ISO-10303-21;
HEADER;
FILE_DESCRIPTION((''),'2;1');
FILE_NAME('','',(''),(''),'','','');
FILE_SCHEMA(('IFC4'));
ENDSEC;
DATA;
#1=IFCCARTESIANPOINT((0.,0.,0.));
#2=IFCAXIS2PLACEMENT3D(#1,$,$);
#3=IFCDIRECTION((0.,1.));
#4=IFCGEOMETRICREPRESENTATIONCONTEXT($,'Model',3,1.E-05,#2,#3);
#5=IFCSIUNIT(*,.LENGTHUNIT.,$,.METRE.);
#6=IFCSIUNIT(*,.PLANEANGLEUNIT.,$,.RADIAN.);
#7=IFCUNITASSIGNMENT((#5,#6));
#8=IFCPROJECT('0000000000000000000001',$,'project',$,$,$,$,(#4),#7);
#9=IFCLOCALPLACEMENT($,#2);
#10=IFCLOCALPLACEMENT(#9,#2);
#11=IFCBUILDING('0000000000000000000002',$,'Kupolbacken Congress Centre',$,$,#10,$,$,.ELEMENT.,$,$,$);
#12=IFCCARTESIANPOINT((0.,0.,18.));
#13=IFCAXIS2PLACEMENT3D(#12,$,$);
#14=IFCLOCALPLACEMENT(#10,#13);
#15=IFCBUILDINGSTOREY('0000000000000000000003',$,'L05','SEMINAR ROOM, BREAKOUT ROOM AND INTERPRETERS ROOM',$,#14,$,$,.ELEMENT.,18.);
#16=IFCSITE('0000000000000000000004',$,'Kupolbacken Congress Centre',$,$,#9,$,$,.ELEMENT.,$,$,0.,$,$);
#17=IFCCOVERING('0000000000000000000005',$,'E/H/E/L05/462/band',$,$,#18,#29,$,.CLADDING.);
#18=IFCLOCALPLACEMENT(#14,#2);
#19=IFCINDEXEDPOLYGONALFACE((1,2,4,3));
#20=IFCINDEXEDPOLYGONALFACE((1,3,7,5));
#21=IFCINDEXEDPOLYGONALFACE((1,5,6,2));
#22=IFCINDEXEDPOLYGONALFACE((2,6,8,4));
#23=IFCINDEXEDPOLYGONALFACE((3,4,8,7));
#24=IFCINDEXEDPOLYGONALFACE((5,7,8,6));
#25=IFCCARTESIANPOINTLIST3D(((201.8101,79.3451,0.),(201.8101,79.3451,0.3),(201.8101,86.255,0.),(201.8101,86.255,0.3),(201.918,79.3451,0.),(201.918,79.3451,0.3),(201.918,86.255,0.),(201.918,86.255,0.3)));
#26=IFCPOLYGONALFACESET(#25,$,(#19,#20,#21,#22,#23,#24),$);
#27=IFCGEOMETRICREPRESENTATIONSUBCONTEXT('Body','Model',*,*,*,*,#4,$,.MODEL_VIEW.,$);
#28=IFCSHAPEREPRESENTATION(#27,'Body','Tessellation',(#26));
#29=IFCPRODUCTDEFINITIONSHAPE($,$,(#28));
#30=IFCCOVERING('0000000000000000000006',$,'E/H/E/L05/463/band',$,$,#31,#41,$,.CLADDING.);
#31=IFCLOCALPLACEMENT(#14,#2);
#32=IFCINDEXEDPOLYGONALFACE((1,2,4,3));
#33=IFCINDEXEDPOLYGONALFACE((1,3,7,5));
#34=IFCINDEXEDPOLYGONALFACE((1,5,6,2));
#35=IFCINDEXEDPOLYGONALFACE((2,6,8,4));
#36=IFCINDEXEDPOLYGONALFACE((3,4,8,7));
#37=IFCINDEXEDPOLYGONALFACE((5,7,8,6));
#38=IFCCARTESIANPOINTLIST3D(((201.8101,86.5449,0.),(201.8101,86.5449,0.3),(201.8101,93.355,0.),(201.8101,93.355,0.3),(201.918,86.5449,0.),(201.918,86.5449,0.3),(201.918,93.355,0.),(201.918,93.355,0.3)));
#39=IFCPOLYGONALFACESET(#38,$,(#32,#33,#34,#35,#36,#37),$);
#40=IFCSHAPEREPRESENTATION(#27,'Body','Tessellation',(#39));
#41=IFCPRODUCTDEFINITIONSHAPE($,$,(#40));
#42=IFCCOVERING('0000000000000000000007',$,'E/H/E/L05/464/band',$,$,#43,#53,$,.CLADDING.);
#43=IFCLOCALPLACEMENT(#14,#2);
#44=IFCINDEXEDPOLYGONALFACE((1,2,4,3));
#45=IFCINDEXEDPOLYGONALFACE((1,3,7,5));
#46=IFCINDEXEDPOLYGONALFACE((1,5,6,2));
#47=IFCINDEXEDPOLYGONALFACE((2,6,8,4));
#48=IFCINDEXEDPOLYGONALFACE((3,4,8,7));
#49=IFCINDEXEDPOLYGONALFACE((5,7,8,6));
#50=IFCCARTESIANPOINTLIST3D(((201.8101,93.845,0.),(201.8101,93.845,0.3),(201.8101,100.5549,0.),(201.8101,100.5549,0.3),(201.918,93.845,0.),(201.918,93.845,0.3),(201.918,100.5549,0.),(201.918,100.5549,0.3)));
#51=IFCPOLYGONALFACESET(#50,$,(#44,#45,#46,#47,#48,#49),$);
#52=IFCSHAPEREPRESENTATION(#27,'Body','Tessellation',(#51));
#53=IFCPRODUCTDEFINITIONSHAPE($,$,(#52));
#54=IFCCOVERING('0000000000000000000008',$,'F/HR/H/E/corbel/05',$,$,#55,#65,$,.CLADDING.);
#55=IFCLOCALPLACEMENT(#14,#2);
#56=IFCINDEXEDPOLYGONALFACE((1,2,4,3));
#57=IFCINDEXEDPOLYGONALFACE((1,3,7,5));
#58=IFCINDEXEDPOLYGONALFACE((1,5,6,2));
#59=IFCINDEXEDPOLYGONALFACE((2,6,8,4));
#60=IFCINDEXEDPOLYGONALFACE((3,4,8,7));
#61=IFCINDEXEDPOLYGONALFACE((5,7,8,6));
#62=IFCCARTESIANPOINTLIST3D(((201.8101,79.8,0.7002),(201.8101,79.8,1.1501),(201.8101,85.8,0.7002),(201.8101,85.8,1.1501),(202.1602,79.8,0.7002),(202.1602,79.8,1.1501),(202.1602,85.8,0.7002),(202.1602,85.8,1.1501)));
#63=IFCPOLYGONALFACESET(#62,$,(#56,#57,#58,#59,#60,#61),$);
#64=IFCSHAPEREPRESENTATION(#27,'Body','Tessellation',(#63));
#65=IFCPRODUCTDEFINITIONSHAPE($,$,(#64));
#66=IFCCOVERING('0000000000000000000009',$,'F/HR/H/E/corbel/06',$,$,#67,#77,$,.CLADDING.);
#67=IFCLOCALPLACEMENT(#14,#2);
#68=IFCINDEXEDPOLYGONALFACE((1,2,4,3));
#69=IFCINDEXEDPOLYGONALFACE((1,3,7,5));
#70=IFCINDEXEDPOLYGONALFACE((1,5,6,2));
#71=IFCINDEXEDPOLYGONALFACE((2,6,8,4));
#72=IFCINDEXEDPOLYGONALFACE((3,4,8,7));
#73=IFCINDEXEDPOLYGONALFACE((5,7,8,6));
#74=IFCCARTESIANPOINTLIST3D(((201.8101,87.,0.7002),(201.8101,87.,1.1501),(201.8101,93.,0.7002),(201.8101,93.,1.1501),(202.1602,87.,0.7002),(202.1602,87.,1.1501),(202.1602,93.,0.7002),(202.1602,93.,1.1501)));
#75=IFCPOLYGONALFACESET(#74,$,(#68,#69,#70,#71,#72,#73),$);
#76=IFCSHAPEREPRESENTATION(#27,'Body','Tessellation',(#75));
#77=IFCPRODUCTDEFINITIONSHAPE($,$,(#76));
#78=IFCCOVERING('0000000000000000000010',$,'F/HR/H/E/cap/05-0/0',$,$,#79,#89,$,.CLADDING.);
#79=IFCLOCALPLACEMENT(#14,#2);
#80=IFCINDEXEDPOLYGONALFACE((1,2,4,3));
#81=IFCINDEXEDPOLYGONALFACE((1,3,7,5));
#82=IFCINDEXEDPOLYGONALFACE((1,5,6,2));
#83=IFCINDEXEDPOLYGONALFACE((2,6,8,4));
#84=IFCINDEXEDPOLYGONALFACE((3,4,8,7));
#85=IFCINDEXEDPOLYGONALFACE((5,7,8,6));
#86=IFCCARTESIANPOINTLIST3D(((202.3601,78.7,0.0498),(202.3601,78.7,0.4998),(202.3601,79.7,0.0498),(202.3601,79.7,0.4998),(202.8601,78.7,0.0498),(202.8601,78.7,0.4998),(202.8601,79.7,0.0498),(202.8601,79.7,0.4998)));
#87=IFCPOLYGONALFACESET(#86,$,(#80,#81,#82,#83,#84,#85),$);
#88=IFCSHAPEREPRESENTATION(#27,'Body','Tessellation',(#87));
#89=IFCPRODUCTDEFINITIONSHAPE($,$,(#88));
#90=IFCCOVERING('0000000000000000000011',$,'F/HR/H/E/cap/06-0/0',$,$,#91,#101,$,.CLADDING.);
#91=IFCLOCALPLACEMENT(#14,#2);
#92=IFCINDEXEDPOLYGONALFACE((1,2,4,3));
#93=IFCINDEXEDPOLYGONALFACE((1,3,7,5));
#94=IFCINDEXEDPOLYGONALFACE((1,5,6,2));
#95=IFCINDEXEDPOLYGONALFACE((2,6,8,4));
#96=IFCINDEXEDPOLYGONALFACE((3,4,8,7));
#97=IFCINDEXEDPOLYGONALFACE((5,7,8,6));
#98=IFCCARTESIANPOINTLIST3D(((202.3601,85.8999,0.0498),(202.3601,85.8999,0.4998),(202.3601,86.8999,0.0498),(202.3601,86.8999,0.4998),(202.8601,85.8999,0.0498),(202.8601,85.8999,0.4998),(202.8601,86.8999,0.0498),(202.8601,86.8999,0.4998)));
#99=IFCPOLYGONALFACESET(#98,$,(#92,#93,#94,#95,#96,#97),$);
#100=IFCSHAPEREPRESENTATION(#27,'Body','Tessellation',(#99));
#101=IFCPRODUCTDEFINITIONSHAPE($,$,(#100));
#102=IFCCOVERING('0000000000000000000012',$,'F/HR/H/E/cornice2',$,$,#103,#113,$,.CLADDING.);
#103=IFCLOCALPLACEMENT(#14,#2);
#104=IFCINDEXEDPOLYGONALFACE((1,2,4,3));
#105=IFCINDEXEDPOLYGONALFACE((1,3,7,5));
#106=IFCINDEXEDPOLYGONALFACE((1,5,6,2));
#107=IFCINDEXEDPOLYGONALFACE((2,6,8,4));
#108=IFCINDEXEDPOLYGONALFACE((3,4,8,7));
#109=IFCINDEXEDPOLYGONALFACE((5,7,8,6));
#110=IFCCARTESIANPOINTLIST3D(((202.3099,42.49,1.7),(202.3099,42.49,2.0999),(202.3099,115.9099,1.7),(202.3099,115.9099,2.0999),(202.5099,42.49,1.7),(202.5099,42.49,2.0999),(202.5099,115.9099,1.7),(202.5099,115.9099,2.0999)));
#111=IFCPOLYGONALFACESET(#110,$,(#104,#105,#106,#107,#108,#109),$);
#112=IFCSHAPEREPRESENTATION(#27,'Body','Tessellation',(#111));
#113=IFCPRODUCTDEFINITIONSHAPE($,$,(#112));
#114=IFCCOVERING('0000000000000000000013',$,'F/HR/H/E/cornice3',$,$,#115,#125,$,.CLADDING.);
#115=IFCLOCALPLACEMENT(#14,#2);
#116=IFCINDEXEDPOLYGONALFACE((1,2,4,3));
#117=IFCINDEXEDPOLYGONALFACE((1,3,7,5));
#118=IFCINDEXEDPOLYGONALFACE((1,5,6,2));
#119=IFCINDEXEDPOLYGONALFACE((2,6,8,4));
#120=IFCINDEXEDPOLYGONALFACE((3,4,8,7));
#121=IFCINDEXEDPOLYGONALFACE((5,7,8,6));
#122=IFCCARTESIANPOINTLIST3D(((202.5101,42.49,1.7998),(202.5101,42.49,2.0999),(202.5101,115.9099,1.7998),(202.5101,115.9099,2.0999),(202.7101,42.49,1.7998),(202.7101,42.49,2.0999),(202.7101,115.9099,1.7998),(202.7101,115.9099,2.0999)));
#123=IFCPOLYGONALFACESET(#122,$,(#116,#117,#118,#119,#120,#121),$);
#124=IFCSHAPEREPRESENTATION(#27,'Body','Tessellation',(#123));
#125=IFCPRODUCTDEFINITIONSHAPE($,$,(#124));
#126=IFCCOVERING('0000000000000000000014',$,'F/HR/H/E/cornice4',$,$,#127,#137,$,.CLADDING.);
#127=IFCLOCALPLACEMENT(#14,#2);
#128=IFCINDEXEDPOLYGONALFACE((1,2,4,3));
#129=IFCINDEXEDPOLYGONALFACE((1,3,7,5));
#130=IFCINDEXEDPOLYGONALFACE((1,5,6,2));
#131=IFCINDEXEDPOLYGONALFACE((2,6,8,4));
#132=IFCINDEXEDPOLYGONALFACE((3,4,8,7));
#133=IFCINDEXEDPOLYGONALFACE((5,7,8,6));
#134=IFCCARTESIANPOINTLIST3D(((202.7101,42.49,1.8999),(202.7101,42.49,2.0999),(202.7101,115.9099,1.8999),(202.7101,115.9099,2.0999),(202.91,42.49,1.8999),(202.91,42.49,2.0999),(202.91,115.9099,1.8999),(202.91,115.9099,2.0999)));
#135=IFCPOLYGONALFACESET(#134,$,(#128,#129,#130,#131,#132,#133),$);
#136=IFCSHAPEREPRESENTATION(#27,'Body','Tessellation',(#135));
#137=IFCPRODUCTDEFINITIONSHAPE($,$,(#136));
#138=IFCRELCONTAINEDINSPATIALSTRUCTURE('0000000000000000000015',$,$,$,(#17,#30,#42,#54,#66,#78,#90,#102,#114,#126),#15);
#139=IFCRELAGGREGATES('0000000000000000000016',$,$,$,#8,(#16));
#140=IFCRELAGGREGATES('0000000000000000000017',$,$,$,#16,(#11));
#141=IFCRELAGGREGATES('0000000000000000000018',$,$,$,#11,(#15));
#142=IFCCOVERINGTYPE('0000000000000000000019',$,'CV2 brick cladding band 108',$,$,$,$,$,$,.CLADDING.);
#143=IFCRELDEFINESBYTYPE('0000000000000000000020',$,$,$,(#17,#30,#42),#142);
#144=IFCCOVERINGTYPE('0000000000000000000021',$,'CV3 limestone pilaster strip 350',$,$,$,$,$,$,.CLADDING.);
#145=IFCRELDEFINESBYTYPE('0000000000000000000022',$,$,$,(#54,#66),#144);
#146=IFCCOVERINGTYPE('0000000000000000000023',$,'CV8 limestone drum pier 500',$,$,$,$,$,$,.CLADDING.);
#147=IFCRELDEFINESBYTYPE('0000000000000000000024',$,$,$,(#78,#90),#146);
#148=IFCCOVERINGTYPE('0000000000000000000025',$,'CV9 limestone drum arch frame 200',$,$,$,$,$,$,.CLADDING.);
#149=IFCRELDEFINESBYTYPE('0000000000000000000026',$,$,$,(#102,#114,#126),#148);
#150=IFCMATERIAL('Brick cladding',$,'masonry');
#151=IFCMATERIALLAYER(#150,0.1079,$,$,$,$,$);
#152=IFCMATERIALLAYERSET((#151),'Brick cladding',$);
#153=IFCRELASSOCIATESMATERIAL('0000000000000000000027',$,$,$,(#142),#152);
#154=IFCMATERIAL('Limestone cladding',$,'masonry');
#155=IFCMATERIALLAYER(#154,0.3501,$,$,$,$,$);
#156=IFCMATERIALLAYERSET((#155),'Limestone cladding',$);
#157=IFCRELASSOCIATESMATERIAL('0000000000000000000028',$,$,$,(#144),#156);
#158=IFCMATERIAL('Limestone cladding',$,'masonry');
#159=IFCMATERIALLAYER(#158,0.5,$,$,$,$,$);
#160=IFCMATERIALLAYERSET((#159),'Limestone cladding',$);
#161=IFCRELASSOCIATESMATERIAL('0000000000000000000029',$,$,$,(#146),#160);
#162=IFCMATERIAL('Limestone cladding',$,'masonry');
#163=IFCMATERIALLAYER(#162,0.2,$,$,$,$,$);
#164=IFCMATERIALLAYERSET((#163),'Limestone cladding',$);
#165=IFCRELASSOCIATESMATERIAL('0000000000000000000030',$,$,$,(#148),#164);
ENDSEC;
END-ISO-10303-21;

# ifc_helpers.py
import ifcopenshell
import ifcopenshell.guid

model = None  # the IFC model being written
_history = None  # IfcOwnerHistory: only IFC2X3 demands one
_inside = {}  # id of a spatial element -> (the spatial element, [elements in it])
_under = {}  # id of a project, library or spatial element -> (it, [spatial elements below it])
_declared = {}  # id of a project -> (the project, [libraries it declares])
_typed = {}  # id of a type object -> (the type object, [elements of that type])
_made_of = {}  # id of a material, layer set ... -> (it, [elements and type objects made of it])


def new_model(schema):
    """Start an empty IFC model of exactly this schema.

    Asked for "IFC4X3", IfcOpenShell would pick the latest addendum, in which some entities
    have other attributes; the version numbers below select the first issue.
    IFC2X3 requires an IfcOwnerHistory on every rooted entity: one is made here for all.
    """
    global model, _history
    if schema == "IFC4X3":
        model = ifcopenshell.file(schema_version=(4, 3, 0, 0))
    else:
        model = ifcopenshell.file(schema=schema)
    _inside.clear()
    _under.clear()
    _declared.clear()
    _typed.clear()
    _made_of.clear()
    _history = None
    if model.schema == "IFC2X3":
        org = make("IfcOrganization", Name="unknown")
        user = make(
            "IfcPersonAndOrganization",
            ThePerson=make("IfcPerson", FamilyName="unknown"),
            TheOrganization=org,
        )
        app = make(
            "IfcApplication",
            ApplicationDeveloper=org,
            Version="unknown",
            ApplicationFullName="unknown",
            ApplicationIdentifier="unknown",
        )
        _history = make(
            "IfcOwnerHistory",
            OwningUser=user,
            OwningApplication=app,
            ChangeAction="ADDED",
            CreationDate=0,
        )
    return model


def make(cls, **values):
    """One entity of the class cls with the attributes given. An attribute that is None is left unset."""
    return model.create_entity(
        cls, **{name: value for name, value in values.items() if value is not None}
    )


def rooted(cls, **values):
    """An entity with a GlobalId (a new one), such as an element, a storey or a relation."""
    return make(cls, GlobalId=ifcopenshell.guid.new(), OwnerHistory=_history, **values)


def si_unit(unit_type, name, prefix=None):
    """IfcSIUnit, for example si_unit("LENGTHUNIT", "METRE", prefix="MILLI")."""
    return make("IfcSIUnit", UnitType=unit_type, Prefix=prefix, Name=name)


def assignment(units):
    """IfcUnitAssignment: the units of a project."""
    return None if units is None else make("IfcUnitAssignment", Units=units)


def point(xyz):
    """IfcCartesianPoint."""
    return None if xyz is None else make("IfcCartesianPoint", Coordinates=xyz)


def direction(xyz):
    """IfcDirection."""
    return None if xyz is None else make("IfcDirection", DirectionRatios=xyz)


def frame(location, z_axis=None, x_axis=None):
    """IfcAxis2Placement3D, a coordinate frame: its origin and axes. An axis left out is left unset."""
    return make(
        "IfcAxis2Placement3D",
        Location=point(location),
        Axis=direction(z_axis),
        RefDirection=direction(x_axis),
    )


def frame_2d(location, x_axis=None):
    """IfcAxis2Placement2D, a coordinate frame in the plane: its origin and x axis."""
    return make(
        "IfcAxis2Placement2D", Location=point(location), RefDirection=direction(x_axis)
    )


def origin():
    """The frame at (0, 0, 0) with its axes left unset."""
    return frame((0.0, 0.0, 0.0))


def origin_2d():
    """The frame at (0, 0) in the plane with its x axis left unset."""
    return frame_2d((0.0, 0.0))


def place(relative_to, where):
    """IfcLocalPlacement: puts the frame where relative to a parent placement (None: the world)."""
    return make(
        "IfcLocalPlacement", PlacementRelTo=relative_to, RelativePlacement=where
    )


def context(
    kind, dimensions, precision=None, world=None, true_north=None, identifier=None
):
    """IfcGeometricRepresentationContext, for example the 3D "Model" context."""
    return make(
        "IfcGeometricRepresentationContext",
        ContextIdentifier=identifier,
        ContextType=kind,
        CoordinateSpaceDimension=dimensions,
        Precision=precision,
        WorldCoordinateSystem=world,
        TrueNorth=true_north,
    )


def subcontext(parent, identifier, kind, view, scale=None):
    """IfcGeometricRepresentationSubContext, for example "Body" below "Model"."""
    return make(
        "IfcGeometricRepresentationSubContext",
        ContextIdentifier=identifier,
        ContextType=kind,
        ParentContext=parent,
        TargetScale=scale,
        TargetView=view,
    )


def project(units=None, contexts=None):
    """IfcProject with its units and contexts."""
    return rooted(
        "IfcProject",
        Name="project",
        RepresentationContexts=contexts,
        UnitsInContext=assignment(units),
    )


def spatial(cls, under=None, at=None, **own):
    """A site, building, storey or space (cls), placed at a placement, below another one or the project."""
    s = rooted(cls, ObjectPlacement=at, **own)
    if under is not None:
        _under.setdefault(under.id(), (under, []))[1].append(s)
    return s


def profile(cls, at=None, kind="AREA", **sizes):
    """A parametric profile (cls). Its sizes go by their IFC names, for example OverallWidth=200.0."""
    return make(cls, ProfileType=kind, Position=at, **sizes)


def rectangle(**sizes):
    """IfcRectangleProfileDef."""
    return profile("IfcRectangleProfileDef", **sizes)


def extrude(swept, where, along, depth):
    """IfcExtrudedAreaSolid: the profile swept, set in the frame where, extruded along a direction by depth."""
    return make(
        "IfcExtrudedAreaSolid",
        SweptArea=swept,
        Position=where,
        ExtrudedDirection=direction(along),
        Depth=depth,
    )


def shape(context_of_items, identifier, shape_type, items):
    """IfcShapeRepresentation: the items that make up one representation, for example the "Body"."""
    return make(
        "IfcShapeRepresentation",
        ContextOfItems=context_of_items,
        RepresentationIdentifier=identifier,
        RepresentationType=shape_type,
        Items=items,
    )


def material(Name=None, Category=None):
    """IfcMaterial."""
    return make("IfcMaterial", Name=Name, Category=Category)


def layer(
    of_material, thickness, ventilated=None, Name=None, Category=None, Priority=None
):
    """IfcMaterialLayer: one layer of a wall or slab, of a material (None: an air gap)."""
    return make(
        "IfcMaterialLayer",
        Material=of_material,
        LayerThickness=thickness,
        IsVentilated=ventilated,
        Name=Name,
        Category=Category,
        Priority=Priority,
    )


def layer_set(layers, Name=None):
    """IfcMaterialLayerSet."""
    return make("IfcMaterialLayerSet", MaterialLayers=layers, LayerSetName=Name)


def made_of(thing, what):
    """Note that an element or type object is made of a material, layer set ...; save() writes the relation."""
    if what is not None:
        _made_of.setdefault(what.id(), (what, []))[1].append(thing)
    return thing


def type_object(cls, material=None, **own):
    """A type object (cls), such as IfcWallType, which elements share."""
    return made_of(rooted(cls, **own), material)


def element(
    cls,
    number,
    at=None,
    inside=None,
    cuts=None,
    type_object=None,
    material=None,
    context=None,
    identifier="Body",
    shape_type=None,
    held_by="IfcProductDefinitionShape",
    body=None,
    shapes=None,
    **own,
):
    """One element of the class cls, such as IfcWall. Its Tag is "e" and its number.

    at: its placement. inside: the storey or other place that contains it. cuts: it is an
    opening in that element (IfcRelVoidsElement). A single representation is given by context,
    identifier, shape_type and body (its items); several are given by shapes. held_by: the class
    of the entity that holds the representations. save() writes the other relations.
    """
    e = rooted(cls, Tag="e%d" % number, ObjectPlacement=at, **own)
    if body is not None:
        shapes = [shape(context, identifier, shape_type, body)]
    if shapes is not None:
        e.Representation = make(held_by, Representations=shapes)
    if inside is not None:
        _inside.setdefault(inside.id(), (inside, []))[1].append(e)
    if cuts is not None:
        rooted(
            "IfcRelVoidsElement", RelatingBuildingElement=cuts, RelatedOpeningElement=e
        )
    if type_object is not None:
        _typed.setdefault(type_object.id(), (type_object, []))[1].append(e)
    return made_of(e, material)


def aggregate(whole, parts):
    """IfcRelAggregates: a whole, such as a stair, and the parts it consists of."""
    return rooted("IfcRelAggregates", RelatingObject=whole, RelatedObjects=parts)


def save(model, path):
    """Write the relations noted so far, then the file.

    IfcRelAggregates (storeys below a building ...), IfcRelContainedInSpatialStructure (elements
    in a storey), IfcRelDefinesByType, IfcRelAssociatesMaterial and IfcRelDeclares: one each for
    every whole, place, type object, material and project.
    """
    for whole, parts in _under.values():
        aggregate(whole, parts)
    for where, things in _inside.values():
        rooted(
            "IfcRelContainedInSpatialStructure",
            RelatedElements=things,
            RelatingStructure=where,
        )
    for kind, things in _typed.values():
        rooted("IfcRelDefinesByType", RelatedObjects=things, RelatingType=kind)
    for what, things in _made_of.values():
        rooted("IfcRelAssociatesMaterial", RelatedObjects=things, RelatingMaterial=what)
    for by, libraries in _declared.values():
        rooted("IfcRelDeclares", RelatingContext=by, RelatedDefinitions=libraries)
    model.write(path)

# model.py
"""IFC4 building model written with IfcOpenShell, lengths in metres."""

from ifc_helpers import new_model, si_unit, direction, frame, origin, origin_2d, place, context, subcontext, project, spatial, rectangle, extrude, material, layer, layer_set, type_object, element, save


model = new_model("IFC4")

# Units and contexts
model_context = context("Model", 3, precision=1e-05, world=origin(), true_north=direction((0.0, 1.0)))
body_context = subcontext(model_context, "Body", "Model", "MODEL_VIEW")
ifc_project = project(units=[si_unit("LENGTHUNIT", "METRE"), si_unit("PLANEANGLEUNIT", "RADIAN")], contexts=[model_context])

# Site, building, storey
site_placement = place(None, origin())
site = spatial("IfcSite", under=ifc_project, at=site_placement, Name="Kupolbacken Congress Centre", CompositionType="ELEMENT", RefElevation=0.0)
building_placement = place(site_placement, origin())
building = spatial("IfcBuilding", under=site, at=building_placement, Name="Kupolbacken Congress Centre", CompositionType="ELEMENT")
storey_placement = place(building_placement, frame((0.0, 0.0, 18.0)))
storey = spatial("IfcBuildingStorey", under=building, at=storey_placement, Name="L05", Description="SEMINAR ROOM, BREAKOUT ROOM AND INTERPRETERS ROOM", CompositionType="ELEMENT", Elevation=18.0)

# Coverings
ifc_material_1 = material(Name="Brick cladding", Category="masonry")
ifc_layer_1 = layer(ifc_material_1, 0.1079)
ifc_layer_set_1 = layer_set([ifc_layer_1], Name="Brick cladding")
covering_type_1 = type_object("IfcCoveringType", Name="CV2 brick cladding band 108", PredefinedType="CLADDING", material=ifc_layer_set_1)
covering_1_placement = place(storey_placement, frame((201.864, 82.8, 0.0), z_axis=(0.0, 0.0, 1.0), x_axis=(0.0, 1.0, 0.0)))
element("IfcCovering", 1, at=covering_1_placement, inside=storey, type_object=covering_type_1, Name="E/H/E/L05/462/band", PredefinedType="CLADDING", context=body_context, shape_type="SweptSolid", body=[
    extrude(rectangle(XDim=6.9099, YDim=0.1079, at=origin_2d()), origin(), (0.0, 0.0, 1.0), 0.3),
])
covering_2_placement = place(storey_placement, frame((201.864, 89.95, 0.0), z_axis=(0.0, 0.0, 1.0), x_axis=(0.0, 1.0, 0.0)))
element("IfcCovering", 2, at=covering_2_placement, inside=storey, type_object=covering_type_1, Name="E/H/E/L05/463/band", PredefinedType="CLADDING", context=body_context, shape_type="SweptSolid", body=[
    extrude(rectangle(XDim=6.8101, YDim=0.1079, at=origin_2d()), origin(), (0.0, 0.0, 1.0), 0.3),
])
covering_3_placement = place(storey_placement, frame((201.864, 97.2, 0.0), z_axis=(0.0, 0.0, 1.0), x_axis=(0.0, 1.0, 0.0)))
element("IfcCovering", 3, at=covering_3_placement, inside=storey, type_object=covering_type_1, Name="E/H/E/L05/464/band", PredefinedType="CLADDING", context=body_context, shape_type="SweptSolid", body=[
    extrude(rectangle(XDim=6.71, YDim=0.1079, at=origin_2d()), origin(), (0.0, 0.0, 1.0), 0.3),
])
ifc_material_2 = material(Name="Limestone cladding", Category="masonry")
ifc_layer_2 = layer(ifc_material_2, 0.3501)
ifc_layer_set_2 = layer_set([ifc_layer_2], Name="Limestone cladding")
covering_type_2 = type_object("IfcCoveringType", Name="CV3 limestone pilaster strip 350", PredefinedType="CLADDING", material=ifc_layer_set_2)
for number, where, z_axis, x_axis, name in (
    (4, (201.9851, 82.8, 0.7002), (0.0, 0.0, 1.0), (0.0, 1.0, 0.0), "F/HR/H/E/corbel/05"),
    (5, (201.9851, 90.0, 0.7002), (0.0, 0.0, 1.0), (0.0, 1.0, 0.0), "F/HR/H/E/corbel/06"),
):
    element("IfcCovering", number, at=place(storey_placement, frame(where, z_axis=z_axis, x_axis=x_axis)), inside=storey, type_object=covering_type_2, Name=name, PredefinedType="CLADDING", context=body_context, shape_type="SweptSolid", body=[
        extrude(rectangle(XDim=6.0, YDim=0.3501, at=origin_2d()), origin(), (0.0, 0.0, 1.0), 0.45),
    ])
ifc_material_3 = material(Name="Limestone cladding", Category="masonry")
ifc_layer_3 = layer(ifc_material_3, 0.5)
ifc_layer_set_3 = layer_set([ifc_layer_3], Name="Limestone cladding")
covering_type_3 = type_object("IfcCoveringType", Name="CV8 limestone drum pier 500", PredefinedType="CLADDING", material=ifc_layer_set_3)
for number, where, z_axis, x_axis, name in (
    (6, (202.6101, 79.2, 0.0498), (0.0, 0.0, 1.0), (0.0, 1.0, 0.0), "F/HR/H/E/cap/05-0/0"),
    (7, (202.6101, 86.3999, 0.0498), (0.0, 0.0, 1.0), (0.0, 1.0, 0.0), "F/HR/H/E/cap/06-0/0"),
):
    element("IfcCovering", number, at=place(storey_placement, frame(where, z_axis=z_axis, x_axis=x_axis)), inside=storey, type_object=covering_type_3, Name=name, PredefinedType="CLADDING", context=body_context, shape_type="SweptSolid", body=[
        extrude(rectangle(XDim=1.0, YDim=0.5, at=origin_2d()), origin(), (0.0, 0.0, 1.0), 0.45),
    ])
ifc_material_4 = material(Name="Limestone cladding", Category="masonry")
ifc_layer_4 = layer(ifc_material_4, 0.2)
ifc_layer_set_4 = layer_set([ifc_layer_4], Name="Limestone cladding")
covering_type_4 = type_object("IfcCoveringType", Name="CV9 limestone drum arch frame 200", PredefinedType="CLADDING", material=ifc_layer_set_4)
covering_4_placement = place(storey_placement, frame((202.4099, 79.2, 1.7), z_axis=(0.0, 0.0, 1.0), x_axis=(0.0, 1.0, 0.0)))
element("IfcCovering", 8, at=covering_4_placement, inside=storey, type_object=covering_type_4, Name="F/HR/H/E/cornice2", PredefinedType="CLADDING", context=body_context, shape_type="SweptSolid", body=[
    extrude(rectangle(XDim=73.4199, YDim=0.2, at=origin_2d()), origin(), (0.0, 0.0, 1.0), 0.3999),
])
covering_5_placement = place(storey_placement, frame((202.6101, 79.2, 1.7998), z_axis=(0.0, 0.0, 1.0), x_axis=(0.0, 1.0, 0.0)))
element("IfcCovering", 9, at=covering_5_placement, inside=storey, type_object=covering_type_4, Name="F/HR/H/E/cornice3", PredefinedType="CLADDING", context=body_context, shape_type="SweptSolid", body=[
    extrude(rectangle(XDim=73.4199, YDim=0.2, at=origin_2d()), origin(), (0.0, 0.0, 1.0), 0.3),
])
covering_6_placement = place(storey_placement, frame((202.8101, 79.2, 1.8999), z_axis=(0.0, 0.0, 1.0), x_axis=(0.0, 1.0, 0.0)))
element("IfcCovering", 10, at=covering_6_placement, inside=storey, type_object=covering_type_4, Name="F/HR/H/E/cornice4", PredefinedType="CLADDING", context=body_context, shape_type="SweptSolid", body=[
    extrude(rectangle(XDim=73.4199, YDim=0.2, at=origin_2d()), origin(), (0.0, 0.0, 1.0), 0.2),
])

save(model, "model.ifc")
